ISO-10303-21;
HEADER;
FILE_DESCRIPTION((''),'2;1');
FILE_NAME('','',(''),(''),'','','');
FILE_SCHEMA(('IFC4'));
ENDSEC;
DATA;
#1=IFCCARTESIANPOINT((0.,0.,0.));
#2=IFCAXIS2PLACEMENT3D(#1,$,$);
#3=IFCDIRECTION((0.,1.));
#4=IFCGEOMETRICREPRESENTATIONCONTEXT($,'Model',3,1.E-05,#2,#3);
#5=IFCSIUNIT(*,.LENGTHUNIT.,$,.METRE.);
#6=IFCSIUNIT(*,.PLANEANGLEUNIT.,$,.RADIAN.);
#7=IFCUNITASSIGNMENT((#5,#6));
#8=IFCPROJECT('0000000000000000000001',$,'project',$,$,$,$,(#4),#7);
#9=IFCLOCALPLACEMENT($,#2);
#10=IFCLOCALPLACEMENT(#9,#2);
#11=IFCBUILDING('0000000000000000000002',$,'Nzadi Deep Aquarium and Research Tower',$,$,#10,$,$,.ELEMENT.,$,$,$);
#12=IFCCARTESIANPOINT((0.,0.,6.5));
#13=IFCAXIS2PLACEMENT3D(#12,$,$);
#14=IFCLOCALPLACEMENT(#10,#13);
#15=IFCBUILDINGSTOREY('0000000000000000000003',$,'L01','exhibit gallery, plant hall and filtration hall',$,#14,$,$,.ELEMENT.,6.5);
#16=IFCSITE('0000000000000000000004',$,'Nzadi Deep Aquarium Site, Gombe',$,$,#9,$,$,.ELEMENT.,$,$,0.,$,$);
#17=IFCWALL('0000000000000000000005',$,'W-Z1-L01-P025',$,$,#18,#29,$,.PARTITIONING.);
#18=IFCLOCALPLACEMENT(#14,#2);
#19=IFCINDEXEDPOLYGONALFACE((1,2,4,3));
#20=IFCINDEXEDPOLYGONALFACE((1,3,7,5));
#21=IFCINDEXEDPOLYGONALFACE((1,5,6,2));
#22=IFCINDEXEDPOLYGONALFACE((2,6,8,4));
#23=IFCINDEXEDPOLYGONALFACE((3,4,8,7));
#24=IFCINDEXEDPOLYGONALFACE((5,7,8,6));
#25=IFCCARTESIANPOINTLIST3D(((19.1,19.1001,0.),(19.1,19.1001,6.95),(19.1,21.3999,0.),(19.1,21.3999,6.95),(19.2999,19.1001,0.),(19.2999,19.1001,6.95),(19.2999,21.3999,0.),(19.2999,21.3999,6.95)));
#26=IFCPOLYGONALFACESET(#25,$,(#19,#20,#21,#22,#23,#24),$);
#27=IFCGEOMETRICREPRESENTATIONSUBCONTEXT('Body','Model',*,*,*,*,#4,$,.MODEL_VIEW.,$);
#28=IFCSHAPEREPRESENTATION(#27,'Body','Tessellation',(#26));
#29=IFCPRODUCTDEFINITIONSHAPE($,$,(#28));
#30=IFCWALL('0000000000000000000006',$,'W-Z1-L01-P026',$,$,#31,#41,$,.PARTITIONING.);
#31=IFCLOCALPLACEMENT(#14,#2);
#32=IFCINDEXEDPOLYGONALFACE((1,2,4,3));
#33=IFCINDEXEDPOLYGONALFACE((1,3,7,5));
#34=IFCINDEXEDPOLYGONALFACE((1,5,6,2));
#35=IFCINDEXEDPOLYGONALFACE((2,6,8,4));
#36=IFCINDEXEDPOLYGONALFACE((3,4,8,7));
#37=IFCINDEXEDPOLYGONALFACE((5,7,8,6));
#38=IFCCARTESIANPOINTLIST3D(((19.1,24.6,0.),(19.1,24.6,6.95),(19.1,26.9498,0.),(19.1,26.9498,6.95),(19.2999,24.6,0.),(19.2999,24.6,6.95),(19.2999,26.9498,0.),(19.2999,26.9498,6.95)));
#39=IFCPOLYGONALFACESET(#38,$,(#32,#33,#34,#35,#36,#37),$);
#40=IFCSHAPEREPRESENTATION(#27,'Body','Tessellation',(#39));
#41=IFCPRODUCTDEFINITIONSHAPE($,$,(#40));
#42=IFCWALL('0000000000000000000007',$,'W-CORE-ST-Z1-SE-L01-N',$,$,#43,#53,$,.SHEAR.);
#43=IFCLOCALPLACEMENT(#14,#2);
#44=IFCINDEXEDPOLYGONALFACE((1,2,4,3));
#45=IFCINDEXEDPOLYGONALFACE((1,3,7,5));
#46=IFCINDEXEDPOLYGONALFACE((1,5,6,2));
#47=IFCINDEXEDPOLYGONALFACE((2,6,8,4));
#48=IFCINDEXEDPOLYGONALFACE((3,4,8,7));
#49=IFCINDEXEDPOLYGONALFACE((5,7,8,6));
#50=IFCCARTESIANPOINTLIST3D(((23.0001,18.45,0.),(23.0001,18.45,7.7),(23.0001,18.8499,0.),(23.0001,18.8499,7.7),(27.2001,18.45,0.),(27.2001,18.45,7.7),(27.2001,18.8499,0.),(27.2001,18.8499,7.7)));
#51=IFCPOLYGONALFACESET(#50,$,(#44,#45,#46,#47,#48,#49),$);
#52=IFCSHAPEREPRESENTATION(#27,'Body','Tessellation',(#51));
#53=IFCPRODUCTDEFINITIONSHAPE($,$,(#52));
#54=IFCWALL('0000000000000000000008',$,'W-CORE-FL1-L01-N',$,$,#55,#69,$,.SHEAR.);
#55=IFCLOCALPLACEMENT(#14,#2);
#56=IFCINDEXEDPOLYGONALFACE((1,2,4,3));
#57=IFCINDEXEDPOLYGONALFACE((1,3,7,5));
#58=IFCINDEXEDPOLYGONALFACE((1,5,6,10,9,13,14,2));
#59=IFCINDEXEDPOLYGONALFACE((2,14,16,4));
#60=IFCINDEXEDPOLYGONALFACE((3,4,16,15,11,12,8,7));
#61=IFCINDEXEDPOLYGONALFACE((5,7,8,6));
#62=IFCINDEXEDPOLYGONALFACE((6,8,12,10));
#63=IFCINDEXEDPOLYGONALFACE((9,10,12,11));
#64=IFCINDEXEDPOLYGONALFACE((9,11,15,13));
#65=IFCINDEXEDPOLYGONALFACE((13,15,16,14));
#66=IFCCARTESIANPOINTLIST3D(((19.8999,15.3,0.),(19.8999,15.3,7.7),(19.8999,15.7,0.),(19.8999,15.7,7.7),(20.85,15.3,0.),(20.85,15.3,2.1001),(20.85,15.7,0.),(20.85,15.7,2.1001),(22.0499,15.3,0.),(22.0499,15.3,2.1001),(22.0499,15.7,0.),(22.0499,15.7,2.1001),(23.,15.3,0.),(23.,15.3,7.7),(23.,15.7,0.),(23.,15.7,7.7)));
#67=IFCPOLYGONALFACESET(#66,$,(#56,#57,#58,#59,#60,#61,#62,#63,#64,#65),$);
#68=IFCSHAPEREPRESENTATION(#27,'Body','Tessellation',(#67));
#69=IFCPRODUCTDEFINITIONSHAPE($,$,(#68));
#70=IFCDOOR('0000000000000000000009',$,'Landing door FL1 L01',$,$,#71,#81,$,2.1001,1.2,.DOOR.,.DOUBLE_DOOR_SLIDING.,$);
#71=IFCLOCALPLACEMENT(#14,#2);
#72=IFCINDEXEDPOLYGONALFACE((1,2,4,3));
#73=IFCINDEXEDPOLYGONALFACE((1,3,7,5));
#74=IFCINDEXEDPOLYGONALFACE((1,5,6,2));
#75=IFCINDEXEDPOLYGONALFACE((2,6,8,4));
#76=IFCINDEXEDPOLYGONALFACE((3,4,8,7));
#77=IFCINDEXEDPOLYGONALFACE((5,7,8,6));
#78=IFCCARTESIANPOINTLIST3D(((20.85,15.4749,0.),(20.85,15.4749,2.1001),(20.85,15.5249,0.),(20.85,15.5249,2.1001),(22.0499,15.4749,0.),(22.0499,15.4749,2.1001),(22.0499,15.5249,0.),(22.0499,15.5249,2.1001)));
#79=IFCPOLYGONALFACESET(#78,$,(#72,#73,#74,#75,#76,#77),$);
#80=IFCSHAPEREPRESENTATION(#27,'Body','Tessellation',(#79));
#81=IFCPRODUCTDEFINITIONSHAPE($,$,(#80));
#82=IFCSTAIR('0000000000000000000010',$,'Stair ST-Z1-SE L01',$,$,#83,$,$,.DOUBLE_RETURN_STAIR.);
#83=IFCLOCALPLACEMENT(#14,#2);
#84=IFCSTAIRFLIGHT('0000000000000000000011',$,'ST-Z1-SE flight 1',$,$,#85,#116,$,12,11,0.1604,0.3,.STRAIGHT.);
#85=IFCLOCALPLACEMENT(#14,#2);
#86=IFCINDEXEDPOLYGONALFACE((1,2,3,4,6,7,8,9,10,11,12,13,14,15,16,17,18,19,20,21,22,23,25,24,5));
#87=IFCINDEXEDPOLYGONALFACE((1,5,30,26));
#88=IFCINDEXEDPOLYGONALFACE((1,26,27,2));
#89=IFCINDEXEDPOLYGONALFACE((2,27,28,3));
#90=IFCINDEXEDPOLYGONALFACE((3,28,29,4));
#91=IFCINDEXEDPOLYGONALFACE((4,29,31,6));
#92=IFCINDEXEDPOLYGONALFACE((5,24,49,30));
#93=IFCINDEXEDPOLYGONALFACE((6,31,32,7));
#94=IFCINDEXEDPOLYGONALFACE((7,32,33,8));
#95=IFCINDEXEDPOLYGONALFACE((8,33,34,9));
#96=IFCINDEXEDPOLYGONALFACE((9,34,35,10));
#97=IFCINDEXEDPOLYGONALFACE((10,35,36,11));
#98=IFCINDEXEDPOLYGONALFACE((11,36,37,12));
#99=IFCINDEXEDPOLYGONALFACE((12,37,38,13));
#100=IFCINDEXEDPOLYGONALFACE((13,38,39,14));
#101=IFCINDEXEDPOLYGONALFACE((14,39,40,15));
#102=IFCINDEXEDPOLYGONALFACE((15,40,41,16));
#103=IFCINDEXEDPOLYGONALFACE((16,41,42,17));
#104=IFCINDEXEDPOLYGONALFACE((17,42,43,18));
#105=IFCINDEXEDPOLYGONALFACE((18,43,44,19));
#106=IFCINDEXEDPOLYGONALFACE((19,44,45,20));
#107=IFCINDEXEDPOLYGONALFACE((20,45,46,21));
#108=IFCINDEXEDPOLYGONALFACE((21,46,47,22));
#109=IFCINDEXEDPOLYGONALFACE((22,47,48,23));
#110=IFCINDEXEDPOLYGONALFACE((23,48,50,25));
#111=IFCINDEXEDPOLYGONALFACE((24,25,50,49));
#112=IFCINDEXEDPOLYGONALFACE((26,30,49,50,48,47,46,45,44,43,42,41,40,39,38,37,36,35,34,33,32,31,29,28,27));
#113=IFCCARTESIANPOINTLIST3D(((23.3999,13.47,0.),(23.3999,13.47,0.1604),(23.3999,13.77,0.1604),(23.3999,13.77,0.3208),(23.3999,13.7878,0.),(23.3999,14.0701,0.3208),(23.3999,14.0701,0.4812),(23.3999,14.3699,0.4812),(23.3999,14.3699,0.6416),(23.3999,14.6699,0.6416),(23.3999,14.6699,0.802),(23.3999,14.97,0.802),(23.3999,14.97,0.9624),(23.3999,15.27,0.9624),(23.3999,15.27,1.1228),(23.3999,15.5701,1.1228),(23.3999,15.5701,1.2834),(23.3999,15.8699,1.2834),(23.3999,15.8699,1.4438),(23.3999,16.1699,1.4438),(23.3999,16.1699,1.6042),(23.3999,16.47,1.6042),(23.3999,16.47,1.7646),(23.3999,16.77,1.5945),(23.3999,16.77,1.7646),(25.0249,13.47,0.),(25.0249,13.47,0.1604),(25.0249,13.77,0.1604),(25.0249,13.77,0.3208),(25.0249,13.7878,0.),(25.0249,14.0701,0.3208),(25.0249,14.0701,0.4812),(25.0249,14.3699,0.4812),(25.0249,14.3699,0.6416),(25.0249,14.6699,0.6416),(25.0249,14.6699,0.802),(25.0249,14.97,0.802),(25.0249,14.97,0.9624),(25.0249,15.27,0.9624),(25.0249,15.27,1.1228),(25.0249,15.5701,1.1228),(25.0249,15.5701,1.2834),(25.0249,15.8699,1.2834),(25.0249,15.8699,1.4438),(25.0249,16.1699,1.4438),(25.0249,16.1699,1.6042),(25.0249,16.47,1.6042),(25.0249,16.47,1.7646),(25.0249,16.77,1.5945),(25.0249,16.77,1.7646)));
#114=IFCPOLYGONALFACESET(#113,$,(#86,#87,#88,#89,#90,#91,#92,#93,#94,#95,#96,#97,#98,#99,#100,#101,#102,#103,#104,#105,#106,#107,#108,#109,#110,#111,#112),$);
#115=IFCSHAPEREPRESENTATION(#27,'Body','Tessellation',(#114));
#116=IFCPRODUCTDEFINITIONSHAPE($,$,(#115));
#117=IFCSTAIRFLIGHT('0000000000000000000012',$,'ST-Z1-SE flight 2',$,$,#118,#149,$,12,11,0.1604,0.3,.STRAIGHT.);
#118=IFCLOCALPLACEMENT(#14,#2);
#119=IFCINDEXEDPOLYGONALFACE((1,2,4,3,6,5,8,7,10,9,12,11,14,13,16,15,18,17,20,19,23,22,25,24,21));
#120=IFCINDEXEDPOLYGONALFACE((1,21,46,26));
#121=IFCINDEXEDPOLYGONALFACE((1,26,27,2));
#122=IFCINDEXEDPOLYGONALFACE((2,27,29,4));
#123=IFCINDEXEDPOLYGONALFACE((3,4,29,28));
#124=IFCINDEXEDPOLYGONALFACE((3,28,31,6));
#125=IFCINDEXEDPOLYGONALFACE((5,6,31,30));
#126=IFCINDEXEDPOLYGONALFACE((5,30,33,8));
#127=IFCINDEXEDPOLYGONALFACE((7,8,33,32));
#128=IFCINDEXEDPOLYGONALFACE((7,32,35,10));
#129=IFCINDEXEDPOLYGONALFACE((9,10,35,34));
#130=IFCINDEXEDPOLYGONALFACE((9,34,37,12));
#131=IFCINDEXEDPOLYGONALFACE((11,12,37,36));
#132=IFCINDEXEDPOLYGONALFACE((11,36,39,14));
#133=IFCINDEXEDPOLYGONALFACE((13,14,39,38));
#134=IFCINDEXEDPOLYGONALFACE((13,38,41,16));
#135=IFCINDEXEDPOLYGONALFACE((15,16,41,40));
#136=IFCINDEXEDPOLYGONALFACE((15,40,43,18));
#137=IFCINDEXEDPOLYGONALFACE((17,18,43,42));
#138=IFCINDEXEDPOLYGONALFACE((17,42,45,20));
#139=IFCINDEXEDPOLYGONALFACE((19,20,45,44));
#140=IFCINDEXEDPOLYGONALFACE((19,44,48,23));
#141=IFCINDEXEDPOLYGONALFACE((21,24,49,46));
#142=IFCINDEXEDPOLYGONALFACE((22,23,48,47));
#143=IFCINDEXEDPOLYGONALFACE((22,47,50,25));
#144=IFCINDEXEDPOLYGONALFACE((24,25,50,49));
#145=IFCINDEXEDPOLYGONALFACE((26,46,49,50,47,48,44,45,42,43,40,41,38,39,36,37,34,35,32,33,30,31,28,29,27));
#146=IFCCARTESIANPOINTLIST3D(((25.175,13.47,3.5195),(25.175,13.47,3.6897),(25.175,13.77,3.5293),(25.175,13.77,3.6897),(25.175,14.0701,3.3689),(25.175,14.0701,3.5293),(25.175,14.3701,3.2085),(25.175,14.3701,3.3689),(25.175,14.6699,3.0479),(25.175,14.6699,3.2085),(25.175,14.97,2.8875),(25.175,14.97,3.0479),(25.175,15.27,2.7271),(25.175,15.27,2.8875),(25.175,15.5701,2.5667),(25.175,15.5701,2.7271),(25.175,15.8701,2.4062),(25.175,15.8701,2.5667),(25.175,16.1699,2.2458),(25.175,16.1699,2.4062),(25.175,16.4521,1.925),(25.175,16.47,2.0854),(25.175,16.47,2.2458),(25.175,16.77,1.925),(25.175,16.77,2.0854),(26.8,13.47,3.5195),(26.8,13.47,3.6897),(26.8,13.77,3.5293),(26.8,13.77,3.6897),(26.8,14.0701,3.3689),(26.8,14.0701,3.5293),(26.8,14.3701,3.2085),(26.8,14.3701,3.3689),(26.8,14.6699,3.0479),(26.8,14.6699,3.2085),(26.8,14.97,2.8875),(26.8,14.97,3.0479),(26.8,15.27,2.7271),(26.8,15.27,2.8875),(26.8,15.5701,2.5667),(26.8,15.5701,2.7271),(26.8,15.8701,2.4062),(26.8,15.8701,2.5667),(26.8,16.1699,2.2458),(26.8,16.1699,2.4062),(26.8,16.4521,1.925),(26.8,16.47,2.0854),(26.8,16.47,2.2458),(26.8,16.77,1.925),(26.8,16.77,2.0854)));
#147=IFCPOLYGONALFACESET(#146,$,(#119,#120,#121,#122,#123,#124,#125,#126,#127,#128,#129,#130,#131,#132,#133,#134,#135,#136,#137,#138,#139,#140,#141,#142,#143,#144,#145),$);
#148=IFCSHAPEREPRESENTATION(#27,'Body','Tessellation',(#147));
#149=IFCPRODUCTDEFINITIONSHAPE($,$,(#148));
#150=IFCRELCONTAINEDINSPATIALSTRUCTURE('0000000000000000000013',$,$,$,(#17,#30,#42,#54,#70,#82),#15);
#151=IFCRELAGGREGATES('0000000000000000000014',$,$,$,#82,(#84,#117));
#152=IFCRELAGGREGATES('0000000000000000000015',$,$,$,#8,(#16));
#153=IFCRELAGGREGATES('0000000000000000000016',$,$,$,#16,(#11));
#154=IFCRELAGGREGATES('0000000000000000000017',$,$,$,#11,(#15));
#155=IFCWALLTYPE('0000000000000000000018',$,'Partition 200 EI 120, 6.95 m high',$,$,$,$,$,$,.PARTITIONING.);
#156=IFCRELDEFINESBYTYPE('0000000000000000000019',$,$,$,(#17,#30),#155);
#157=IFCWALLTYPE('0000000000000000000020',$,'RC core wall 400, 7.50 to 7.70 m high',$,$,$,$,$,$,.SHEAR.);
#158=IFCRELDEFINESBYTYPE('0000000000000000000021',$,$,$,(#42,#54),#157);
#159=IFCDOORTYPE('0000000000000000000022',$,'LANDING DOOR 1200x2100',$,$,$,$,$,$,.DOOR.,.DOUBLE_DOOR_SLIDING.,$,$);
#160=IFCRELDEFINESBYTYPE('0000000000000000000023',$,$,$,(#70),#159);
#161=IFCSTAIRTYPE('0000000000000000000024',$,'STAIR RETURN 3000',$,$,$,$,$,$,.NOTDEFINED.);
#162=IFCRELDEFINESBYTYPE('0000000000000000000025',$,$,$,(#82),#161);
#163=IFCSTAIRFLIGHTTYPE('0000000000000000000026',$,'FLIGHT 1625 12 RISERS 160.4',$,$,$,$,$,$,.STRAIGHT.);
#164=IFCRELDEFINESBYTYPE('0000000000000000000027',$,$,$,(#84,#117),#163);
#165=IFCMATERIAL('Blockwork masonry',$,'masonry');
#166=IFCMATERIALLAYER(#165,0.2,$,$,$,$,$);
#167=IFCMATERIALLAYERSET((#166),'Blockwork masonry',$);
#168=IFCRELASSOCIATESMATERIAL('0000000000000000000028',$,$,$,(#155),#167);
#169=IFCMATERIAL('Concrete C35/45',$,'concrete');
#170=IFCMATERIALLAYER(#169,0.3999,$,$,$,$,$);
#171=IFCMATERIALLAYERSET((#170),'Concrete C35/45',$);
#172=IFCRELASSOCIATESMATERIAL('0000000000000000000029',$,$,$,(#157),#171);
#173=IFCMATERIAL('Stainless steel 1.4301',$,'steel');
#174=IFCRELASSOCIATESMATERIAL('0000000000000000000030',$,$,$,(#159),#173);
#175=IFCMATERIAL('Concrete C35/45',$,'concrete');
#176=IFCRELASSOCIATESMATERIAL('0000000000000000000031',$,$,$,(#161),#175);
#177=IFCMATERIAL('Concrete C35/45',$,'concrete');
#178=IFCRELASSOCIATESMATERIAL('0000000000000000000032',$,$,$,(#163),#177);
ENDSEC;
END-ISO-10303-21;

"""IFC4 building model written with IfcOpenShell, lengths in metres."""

from ifc_helpers import new_model, si_unit, direction, frame, frame_2d, origin, place, context, subcontext, project, spatial, polyline, rectangle, outline, extrude, material, layer, layer_set, type_object, element, fill, aggregate, save


model = new_model("IFC4")

# Units and contexts
model_context = context("Model", 3, precision=1e-05, world=origin(), true_north=direction((0.0, 1.0)))
body_context = subcontext(model_context, "Body", "Model", "MODEL_VIEW")
ifc_project = project(units=[si_unit("LENGTHUNIT", "METRE"), si_unit("PLANEANGLEUNIT", "RADIAN")], contexts=[model_context])

# Site, building, storey
site_placement = place(None, origin())
site = spatial("IfcSite", under=ifc_project, at=site_placement, Name="Nzadi Deep Aquarium Site, Gombe", CompositionType="ELEMENT", RefElevation=0.0)
building_placement = place(site_placement, origin())
building = spatial("IfcBuilding", under=site, at=building_placement, Name="Nzadi Deep Aquarium and Research Tower", CompositionType="ELEMENT")
storey_placement = place(building_placement, frame((0.0, 0.0, 6.5)))
storey = spatial("IfcBuildingStorey", under=building, at=storey_placement, Name="L01", Description="exhibit gallery, plant hall and filtration hall", CompositionType="ELEMENT", Elevation=6.5)

# Walls
ifc_material_1 = material(Name="Blockwork masonry", Category="masonry")
ifc_layer_1 = layer(ifc_material_1, 0.2)
ifc_layer_set_1 = layer_set([ifc_layer_1], Name="Blockwork masonry")
wall_type_1 = type_object("IfcWallType", Name="Partition 200 EI 120, 6.95 m high", PredefinedType="PARTITIONING", material=ifc_layer_set_1)
wall_1_placement = place(storey_placement, frame((19.2, 19.1001, 0.0), z_axis=(0.0, 0.0, 1.0), x_axis=(0.0, 1.0, 0.0)))
element("IfcWall", 1, at=wall_1_placement, inside=storey, type_object=wall_type_1, Name="W-Z1-L01-P025", PredefinedType="PARTITIONING", context=body_context, shape_type="SweptSolid", body=[
    extrude(rectangle(XDim=2.2998, YDim=0.2, at=frame_2d((1.1499, 0.0))), origin(), (0.0, 0.0, 1.0), 6.95),
])
wall_2_placement = place(storey_placement, frame((19.2, 24.6001, 0.0), z_axis=(0.0, 0.0, 1.0), x_axis=(0.0, 1.0, 0.0)))
element("IfcWall", 2, at=wall_2_placement, inside=storey, type_object=wall_type_1, Name="W-Z1-L01-P026", PredefinedType="PARTITIONING", context=body_context, shape_type="SweptSolid", body=[
    extrude(rectangle(XDim=2.3499, YDim=0.2, at=frame_2d((1.1748, 0.0))), origin(), (0.0, 0.0, 1.0), 6.95),
])
ifc_material_2 = material(Name="Concrete C35/45", Category="concrete")
ifc_layer_2 = layer(ifc_material_2, 0.3999)
ifc_layer_set_2 = layer_set([ifc_layer_2], Name="Concrete C35/45")
wall_type_2 = type_object("IfcWallType", Name="RC core wall 400, 7.50 to 7.70 m high", PredefinedType="SHEAR", material=ifc_layer_set_2)
wall_3_placement = place(storey_placement, frame((23.0, 18.6499, 0.0), z_axis=(0.0, 0.0, 1.0), x_axis=(1.0, 0.0, 0.0)))
element("IfcWall", 3, at=wall_3_placement, inside=storey, type_object=wall_type_2, Name="W-CORE-ST-Z1-SE-L01-N", PredefinedType="SHEAR", context=body_context, shape_type="SweptSolid", body=[
    extrude(rectangle(XDim=4.2, YDim=0.3999, at=frame_2d((2.1001, 0.0))), origin(), (0.0, 0.0, 1.0), 7.7),
])

# Wall, opening, door
wall_4_placement = place(storey_placement, frame((19.8999, 15.5, 0.0), z_axis=(0.0, 0.0, 1.0), x_axis=(1.0, 0.0, 0.0)))
wall_4 = element("IfcWall", 4, at=wall_4_placement, inside=storey, type_object=wall_type_2, Name="W-CORE-FL1-L01-N", PredefinedType="SHEAR", context=body_context, shape_type="SweptSolid", body=[
    extrude(rectangle(XDim=3.1001, YDim=0.3999, at=frame_2d((1.55, 0.0))), origin(), (0.0, 0.0, 1.0), 7.7),
])
opening_1_placement = place(wall_4_placement, frame((0.95, 0.0, 0.0)))
opening_1 = element("IfcOpeningElement", 5, at=opening_1_placement, cuts=wall_4, PredefinedType="OPENING", context=body_context, shape_type="SweptSolid", body=[
    extrude(rectangle(XDim=1.2, YDim=2.1001, at=frame_2d((0.6001, 1.05))), frame((0.0, 0.21, 0.0), z_axis=(0.0, -1.0, 0.0), x_axis=(1.0, 0.0, 0.0)), (0.0, 0.0, 1.0), 0.4199),
])
ifc_material_3 = material(Name="Stainless steel 1.4301", Category="steel")
door_type_1 = type_object("IfcDoorType", Name="LANDING DOOR 1200x2100", OperationType="DOUBLE_DOOR_SLIDING", PredefinedType="DOOR", material=ifc_material_3)
door_1_placement = place(opening_1_placement, origin())
door_1 = element("IfcDoor", 6, at=door_1_placement, inside=storey, type_object=door_type_1, Name="Landing door FL1 L01", OperationType="DOUBLE_DOOR_SLIDING", OverallHeight=2.1001, OverallWidth=1.2, PredefinedType="DOOR", context=body_context, shape_type="SweptSolid", body=[
    extrude(rectangle(XDim=1.2, YDim=2.1001, at=frame_2d((0.6001, 1.05))), frame((0.0, 0.0249, 0.0), z_axis=(0.0, -1.0, 0.0), x_axis=(1.0, 0.0, 0.0)), (0.0, 0.0, 1.0), 0.05),
])
fill(opening_1, door_1)

# Stair, stair flights
ifc_material_4 = material(Name="Concrete C35/45", Category="concrete")
stair_type = type_object("IfcStairType", Name="STAIR RETURN 3000", PredefinedType="NOTDEFINED", material=ifc_material_4)
stair_placement = place(storey_placement, origin())
stair = element("IfcStair", 7, at=stair_placement, inside=storey, type_object=stair_type, Name="Stair ST-Z1-SE L01", PredefinedType="DOUBLE_RETURN_STAIR")
ifc_material_5 = material(Name="Concrete C35/45", Category="concrete")
stair_flight_type = type_object("IfcStairFlightType", Name="FLIGHT 1625 12 RISERS 160.4", PredefinedType="STRAIGHT", material=ifc_material_5)
stair_flight_1_placement = place(storey_placement, frame((24.2124, 13.47, 0.0), z_axis=(0.0, 0.0, 1.0), x_axis=(0.0, 1.0, 0.0)))
stair_flight_1 = element("IfcStairFlight", 8, at=stair_flight_1_placement, type_object=stair_flight_type, Name="ST-Z1-SE flight 1", NumberOfRisers=12, NumberOfTreads=11, PredefinedType="STRAIGHT", RiserHeight=0.1604, TreadLength=0.3, context=body_context, shape_type="SweptSolid", body=[
    extrude(outline(polyline([(0.0, 0.0), (0.0, 0.1604), (0.3, 0.1604), (0.3, 0.3208), (0.6001, 0.3208), (0.6001, 0.4812), (0.8999, 0.4812), (0.8999, 0.6416), (1.2, 0.6416), (1.2, 0.802), (1.5, 0.802), (1.5, 0.9624), (1.8, 0.9624), (1.8, 1.1228), (2.1001, 1.1228), (2.1001, 1.2834), (2.3999, 1.2834), (2.3999, 1.4438), (2.7, 1.4438), (2.7, 1.6042), (3.0, 1.6042), (3.0, 1.7646), (3.3, 1.7646), (3.3, 1.925), (3.3, 1.5945), (0.3179, 0.0), (0.0, 0.0)])), frame((0.0, 0.8125, 0.0), z_axis=(0.0, -1.0, 0.0), x_axis=(1.0, 0.0, 0.0)), (0.0, 0.0, 1.0), 1.625),
])
stair_flight_2_placement = place(storey_placement, frame((25.9875, 16.77, 1.925), z_axis=(0.0, 0.0, 1.0), x_axis=(0.0, -1.0, 0.0)))
stair_flight_2 = element("IfcStairFlight", 9, at=stair_flight_2_placement, type_object=stair_flight_type, Name="ST-Z1-SE flight 2", NumberOfRisers=12, NumberOfTreads=11, PredefinedType="STRAIGHT", RiserHeight=0.1604, TreadLength=0.3, context=body_context, shape_type="SweptSolid", body=[
    extrude(outline(polyline([(0.0, 0.0), (0.0, 0.1604), (0.3, 0.1604), (0.3, 0.3208), (0.6001, 0.3208), (0.6001, 0.4812), (0.8999, 0.4812), (0.8999, 0.6416), (1.2, 0.6416), (1.2, 0.802), (1.5, 0.802), (1.5, 0.9624), (1.8, 0.9624), (1.8, 1.1228), (2.1001, 1.1228), (2.1001, 1.2834), (2.3999, 1.2834), (2.3999, 1.4438), (2.7, 1.4438), (2.7, 1.6042), (3.0, 1.6042), (3.0, 1.7646), (3.3, 1.7646), (3.3, 1.925), (3.3, 1.5945), (0.3179, 0.0), (0.0, 0.0)])), frame((0.0, 0.8125, 0.0), z_axis=(0.0, -1.0, 0.0), x_axis=(1.0, 0.0, 0.0)), (0.0, 0.0, 1.0), 1.625),
])
aggregate(stair, [stair_flight_1, stair_flight_2])

save(model, "model.ifc")
